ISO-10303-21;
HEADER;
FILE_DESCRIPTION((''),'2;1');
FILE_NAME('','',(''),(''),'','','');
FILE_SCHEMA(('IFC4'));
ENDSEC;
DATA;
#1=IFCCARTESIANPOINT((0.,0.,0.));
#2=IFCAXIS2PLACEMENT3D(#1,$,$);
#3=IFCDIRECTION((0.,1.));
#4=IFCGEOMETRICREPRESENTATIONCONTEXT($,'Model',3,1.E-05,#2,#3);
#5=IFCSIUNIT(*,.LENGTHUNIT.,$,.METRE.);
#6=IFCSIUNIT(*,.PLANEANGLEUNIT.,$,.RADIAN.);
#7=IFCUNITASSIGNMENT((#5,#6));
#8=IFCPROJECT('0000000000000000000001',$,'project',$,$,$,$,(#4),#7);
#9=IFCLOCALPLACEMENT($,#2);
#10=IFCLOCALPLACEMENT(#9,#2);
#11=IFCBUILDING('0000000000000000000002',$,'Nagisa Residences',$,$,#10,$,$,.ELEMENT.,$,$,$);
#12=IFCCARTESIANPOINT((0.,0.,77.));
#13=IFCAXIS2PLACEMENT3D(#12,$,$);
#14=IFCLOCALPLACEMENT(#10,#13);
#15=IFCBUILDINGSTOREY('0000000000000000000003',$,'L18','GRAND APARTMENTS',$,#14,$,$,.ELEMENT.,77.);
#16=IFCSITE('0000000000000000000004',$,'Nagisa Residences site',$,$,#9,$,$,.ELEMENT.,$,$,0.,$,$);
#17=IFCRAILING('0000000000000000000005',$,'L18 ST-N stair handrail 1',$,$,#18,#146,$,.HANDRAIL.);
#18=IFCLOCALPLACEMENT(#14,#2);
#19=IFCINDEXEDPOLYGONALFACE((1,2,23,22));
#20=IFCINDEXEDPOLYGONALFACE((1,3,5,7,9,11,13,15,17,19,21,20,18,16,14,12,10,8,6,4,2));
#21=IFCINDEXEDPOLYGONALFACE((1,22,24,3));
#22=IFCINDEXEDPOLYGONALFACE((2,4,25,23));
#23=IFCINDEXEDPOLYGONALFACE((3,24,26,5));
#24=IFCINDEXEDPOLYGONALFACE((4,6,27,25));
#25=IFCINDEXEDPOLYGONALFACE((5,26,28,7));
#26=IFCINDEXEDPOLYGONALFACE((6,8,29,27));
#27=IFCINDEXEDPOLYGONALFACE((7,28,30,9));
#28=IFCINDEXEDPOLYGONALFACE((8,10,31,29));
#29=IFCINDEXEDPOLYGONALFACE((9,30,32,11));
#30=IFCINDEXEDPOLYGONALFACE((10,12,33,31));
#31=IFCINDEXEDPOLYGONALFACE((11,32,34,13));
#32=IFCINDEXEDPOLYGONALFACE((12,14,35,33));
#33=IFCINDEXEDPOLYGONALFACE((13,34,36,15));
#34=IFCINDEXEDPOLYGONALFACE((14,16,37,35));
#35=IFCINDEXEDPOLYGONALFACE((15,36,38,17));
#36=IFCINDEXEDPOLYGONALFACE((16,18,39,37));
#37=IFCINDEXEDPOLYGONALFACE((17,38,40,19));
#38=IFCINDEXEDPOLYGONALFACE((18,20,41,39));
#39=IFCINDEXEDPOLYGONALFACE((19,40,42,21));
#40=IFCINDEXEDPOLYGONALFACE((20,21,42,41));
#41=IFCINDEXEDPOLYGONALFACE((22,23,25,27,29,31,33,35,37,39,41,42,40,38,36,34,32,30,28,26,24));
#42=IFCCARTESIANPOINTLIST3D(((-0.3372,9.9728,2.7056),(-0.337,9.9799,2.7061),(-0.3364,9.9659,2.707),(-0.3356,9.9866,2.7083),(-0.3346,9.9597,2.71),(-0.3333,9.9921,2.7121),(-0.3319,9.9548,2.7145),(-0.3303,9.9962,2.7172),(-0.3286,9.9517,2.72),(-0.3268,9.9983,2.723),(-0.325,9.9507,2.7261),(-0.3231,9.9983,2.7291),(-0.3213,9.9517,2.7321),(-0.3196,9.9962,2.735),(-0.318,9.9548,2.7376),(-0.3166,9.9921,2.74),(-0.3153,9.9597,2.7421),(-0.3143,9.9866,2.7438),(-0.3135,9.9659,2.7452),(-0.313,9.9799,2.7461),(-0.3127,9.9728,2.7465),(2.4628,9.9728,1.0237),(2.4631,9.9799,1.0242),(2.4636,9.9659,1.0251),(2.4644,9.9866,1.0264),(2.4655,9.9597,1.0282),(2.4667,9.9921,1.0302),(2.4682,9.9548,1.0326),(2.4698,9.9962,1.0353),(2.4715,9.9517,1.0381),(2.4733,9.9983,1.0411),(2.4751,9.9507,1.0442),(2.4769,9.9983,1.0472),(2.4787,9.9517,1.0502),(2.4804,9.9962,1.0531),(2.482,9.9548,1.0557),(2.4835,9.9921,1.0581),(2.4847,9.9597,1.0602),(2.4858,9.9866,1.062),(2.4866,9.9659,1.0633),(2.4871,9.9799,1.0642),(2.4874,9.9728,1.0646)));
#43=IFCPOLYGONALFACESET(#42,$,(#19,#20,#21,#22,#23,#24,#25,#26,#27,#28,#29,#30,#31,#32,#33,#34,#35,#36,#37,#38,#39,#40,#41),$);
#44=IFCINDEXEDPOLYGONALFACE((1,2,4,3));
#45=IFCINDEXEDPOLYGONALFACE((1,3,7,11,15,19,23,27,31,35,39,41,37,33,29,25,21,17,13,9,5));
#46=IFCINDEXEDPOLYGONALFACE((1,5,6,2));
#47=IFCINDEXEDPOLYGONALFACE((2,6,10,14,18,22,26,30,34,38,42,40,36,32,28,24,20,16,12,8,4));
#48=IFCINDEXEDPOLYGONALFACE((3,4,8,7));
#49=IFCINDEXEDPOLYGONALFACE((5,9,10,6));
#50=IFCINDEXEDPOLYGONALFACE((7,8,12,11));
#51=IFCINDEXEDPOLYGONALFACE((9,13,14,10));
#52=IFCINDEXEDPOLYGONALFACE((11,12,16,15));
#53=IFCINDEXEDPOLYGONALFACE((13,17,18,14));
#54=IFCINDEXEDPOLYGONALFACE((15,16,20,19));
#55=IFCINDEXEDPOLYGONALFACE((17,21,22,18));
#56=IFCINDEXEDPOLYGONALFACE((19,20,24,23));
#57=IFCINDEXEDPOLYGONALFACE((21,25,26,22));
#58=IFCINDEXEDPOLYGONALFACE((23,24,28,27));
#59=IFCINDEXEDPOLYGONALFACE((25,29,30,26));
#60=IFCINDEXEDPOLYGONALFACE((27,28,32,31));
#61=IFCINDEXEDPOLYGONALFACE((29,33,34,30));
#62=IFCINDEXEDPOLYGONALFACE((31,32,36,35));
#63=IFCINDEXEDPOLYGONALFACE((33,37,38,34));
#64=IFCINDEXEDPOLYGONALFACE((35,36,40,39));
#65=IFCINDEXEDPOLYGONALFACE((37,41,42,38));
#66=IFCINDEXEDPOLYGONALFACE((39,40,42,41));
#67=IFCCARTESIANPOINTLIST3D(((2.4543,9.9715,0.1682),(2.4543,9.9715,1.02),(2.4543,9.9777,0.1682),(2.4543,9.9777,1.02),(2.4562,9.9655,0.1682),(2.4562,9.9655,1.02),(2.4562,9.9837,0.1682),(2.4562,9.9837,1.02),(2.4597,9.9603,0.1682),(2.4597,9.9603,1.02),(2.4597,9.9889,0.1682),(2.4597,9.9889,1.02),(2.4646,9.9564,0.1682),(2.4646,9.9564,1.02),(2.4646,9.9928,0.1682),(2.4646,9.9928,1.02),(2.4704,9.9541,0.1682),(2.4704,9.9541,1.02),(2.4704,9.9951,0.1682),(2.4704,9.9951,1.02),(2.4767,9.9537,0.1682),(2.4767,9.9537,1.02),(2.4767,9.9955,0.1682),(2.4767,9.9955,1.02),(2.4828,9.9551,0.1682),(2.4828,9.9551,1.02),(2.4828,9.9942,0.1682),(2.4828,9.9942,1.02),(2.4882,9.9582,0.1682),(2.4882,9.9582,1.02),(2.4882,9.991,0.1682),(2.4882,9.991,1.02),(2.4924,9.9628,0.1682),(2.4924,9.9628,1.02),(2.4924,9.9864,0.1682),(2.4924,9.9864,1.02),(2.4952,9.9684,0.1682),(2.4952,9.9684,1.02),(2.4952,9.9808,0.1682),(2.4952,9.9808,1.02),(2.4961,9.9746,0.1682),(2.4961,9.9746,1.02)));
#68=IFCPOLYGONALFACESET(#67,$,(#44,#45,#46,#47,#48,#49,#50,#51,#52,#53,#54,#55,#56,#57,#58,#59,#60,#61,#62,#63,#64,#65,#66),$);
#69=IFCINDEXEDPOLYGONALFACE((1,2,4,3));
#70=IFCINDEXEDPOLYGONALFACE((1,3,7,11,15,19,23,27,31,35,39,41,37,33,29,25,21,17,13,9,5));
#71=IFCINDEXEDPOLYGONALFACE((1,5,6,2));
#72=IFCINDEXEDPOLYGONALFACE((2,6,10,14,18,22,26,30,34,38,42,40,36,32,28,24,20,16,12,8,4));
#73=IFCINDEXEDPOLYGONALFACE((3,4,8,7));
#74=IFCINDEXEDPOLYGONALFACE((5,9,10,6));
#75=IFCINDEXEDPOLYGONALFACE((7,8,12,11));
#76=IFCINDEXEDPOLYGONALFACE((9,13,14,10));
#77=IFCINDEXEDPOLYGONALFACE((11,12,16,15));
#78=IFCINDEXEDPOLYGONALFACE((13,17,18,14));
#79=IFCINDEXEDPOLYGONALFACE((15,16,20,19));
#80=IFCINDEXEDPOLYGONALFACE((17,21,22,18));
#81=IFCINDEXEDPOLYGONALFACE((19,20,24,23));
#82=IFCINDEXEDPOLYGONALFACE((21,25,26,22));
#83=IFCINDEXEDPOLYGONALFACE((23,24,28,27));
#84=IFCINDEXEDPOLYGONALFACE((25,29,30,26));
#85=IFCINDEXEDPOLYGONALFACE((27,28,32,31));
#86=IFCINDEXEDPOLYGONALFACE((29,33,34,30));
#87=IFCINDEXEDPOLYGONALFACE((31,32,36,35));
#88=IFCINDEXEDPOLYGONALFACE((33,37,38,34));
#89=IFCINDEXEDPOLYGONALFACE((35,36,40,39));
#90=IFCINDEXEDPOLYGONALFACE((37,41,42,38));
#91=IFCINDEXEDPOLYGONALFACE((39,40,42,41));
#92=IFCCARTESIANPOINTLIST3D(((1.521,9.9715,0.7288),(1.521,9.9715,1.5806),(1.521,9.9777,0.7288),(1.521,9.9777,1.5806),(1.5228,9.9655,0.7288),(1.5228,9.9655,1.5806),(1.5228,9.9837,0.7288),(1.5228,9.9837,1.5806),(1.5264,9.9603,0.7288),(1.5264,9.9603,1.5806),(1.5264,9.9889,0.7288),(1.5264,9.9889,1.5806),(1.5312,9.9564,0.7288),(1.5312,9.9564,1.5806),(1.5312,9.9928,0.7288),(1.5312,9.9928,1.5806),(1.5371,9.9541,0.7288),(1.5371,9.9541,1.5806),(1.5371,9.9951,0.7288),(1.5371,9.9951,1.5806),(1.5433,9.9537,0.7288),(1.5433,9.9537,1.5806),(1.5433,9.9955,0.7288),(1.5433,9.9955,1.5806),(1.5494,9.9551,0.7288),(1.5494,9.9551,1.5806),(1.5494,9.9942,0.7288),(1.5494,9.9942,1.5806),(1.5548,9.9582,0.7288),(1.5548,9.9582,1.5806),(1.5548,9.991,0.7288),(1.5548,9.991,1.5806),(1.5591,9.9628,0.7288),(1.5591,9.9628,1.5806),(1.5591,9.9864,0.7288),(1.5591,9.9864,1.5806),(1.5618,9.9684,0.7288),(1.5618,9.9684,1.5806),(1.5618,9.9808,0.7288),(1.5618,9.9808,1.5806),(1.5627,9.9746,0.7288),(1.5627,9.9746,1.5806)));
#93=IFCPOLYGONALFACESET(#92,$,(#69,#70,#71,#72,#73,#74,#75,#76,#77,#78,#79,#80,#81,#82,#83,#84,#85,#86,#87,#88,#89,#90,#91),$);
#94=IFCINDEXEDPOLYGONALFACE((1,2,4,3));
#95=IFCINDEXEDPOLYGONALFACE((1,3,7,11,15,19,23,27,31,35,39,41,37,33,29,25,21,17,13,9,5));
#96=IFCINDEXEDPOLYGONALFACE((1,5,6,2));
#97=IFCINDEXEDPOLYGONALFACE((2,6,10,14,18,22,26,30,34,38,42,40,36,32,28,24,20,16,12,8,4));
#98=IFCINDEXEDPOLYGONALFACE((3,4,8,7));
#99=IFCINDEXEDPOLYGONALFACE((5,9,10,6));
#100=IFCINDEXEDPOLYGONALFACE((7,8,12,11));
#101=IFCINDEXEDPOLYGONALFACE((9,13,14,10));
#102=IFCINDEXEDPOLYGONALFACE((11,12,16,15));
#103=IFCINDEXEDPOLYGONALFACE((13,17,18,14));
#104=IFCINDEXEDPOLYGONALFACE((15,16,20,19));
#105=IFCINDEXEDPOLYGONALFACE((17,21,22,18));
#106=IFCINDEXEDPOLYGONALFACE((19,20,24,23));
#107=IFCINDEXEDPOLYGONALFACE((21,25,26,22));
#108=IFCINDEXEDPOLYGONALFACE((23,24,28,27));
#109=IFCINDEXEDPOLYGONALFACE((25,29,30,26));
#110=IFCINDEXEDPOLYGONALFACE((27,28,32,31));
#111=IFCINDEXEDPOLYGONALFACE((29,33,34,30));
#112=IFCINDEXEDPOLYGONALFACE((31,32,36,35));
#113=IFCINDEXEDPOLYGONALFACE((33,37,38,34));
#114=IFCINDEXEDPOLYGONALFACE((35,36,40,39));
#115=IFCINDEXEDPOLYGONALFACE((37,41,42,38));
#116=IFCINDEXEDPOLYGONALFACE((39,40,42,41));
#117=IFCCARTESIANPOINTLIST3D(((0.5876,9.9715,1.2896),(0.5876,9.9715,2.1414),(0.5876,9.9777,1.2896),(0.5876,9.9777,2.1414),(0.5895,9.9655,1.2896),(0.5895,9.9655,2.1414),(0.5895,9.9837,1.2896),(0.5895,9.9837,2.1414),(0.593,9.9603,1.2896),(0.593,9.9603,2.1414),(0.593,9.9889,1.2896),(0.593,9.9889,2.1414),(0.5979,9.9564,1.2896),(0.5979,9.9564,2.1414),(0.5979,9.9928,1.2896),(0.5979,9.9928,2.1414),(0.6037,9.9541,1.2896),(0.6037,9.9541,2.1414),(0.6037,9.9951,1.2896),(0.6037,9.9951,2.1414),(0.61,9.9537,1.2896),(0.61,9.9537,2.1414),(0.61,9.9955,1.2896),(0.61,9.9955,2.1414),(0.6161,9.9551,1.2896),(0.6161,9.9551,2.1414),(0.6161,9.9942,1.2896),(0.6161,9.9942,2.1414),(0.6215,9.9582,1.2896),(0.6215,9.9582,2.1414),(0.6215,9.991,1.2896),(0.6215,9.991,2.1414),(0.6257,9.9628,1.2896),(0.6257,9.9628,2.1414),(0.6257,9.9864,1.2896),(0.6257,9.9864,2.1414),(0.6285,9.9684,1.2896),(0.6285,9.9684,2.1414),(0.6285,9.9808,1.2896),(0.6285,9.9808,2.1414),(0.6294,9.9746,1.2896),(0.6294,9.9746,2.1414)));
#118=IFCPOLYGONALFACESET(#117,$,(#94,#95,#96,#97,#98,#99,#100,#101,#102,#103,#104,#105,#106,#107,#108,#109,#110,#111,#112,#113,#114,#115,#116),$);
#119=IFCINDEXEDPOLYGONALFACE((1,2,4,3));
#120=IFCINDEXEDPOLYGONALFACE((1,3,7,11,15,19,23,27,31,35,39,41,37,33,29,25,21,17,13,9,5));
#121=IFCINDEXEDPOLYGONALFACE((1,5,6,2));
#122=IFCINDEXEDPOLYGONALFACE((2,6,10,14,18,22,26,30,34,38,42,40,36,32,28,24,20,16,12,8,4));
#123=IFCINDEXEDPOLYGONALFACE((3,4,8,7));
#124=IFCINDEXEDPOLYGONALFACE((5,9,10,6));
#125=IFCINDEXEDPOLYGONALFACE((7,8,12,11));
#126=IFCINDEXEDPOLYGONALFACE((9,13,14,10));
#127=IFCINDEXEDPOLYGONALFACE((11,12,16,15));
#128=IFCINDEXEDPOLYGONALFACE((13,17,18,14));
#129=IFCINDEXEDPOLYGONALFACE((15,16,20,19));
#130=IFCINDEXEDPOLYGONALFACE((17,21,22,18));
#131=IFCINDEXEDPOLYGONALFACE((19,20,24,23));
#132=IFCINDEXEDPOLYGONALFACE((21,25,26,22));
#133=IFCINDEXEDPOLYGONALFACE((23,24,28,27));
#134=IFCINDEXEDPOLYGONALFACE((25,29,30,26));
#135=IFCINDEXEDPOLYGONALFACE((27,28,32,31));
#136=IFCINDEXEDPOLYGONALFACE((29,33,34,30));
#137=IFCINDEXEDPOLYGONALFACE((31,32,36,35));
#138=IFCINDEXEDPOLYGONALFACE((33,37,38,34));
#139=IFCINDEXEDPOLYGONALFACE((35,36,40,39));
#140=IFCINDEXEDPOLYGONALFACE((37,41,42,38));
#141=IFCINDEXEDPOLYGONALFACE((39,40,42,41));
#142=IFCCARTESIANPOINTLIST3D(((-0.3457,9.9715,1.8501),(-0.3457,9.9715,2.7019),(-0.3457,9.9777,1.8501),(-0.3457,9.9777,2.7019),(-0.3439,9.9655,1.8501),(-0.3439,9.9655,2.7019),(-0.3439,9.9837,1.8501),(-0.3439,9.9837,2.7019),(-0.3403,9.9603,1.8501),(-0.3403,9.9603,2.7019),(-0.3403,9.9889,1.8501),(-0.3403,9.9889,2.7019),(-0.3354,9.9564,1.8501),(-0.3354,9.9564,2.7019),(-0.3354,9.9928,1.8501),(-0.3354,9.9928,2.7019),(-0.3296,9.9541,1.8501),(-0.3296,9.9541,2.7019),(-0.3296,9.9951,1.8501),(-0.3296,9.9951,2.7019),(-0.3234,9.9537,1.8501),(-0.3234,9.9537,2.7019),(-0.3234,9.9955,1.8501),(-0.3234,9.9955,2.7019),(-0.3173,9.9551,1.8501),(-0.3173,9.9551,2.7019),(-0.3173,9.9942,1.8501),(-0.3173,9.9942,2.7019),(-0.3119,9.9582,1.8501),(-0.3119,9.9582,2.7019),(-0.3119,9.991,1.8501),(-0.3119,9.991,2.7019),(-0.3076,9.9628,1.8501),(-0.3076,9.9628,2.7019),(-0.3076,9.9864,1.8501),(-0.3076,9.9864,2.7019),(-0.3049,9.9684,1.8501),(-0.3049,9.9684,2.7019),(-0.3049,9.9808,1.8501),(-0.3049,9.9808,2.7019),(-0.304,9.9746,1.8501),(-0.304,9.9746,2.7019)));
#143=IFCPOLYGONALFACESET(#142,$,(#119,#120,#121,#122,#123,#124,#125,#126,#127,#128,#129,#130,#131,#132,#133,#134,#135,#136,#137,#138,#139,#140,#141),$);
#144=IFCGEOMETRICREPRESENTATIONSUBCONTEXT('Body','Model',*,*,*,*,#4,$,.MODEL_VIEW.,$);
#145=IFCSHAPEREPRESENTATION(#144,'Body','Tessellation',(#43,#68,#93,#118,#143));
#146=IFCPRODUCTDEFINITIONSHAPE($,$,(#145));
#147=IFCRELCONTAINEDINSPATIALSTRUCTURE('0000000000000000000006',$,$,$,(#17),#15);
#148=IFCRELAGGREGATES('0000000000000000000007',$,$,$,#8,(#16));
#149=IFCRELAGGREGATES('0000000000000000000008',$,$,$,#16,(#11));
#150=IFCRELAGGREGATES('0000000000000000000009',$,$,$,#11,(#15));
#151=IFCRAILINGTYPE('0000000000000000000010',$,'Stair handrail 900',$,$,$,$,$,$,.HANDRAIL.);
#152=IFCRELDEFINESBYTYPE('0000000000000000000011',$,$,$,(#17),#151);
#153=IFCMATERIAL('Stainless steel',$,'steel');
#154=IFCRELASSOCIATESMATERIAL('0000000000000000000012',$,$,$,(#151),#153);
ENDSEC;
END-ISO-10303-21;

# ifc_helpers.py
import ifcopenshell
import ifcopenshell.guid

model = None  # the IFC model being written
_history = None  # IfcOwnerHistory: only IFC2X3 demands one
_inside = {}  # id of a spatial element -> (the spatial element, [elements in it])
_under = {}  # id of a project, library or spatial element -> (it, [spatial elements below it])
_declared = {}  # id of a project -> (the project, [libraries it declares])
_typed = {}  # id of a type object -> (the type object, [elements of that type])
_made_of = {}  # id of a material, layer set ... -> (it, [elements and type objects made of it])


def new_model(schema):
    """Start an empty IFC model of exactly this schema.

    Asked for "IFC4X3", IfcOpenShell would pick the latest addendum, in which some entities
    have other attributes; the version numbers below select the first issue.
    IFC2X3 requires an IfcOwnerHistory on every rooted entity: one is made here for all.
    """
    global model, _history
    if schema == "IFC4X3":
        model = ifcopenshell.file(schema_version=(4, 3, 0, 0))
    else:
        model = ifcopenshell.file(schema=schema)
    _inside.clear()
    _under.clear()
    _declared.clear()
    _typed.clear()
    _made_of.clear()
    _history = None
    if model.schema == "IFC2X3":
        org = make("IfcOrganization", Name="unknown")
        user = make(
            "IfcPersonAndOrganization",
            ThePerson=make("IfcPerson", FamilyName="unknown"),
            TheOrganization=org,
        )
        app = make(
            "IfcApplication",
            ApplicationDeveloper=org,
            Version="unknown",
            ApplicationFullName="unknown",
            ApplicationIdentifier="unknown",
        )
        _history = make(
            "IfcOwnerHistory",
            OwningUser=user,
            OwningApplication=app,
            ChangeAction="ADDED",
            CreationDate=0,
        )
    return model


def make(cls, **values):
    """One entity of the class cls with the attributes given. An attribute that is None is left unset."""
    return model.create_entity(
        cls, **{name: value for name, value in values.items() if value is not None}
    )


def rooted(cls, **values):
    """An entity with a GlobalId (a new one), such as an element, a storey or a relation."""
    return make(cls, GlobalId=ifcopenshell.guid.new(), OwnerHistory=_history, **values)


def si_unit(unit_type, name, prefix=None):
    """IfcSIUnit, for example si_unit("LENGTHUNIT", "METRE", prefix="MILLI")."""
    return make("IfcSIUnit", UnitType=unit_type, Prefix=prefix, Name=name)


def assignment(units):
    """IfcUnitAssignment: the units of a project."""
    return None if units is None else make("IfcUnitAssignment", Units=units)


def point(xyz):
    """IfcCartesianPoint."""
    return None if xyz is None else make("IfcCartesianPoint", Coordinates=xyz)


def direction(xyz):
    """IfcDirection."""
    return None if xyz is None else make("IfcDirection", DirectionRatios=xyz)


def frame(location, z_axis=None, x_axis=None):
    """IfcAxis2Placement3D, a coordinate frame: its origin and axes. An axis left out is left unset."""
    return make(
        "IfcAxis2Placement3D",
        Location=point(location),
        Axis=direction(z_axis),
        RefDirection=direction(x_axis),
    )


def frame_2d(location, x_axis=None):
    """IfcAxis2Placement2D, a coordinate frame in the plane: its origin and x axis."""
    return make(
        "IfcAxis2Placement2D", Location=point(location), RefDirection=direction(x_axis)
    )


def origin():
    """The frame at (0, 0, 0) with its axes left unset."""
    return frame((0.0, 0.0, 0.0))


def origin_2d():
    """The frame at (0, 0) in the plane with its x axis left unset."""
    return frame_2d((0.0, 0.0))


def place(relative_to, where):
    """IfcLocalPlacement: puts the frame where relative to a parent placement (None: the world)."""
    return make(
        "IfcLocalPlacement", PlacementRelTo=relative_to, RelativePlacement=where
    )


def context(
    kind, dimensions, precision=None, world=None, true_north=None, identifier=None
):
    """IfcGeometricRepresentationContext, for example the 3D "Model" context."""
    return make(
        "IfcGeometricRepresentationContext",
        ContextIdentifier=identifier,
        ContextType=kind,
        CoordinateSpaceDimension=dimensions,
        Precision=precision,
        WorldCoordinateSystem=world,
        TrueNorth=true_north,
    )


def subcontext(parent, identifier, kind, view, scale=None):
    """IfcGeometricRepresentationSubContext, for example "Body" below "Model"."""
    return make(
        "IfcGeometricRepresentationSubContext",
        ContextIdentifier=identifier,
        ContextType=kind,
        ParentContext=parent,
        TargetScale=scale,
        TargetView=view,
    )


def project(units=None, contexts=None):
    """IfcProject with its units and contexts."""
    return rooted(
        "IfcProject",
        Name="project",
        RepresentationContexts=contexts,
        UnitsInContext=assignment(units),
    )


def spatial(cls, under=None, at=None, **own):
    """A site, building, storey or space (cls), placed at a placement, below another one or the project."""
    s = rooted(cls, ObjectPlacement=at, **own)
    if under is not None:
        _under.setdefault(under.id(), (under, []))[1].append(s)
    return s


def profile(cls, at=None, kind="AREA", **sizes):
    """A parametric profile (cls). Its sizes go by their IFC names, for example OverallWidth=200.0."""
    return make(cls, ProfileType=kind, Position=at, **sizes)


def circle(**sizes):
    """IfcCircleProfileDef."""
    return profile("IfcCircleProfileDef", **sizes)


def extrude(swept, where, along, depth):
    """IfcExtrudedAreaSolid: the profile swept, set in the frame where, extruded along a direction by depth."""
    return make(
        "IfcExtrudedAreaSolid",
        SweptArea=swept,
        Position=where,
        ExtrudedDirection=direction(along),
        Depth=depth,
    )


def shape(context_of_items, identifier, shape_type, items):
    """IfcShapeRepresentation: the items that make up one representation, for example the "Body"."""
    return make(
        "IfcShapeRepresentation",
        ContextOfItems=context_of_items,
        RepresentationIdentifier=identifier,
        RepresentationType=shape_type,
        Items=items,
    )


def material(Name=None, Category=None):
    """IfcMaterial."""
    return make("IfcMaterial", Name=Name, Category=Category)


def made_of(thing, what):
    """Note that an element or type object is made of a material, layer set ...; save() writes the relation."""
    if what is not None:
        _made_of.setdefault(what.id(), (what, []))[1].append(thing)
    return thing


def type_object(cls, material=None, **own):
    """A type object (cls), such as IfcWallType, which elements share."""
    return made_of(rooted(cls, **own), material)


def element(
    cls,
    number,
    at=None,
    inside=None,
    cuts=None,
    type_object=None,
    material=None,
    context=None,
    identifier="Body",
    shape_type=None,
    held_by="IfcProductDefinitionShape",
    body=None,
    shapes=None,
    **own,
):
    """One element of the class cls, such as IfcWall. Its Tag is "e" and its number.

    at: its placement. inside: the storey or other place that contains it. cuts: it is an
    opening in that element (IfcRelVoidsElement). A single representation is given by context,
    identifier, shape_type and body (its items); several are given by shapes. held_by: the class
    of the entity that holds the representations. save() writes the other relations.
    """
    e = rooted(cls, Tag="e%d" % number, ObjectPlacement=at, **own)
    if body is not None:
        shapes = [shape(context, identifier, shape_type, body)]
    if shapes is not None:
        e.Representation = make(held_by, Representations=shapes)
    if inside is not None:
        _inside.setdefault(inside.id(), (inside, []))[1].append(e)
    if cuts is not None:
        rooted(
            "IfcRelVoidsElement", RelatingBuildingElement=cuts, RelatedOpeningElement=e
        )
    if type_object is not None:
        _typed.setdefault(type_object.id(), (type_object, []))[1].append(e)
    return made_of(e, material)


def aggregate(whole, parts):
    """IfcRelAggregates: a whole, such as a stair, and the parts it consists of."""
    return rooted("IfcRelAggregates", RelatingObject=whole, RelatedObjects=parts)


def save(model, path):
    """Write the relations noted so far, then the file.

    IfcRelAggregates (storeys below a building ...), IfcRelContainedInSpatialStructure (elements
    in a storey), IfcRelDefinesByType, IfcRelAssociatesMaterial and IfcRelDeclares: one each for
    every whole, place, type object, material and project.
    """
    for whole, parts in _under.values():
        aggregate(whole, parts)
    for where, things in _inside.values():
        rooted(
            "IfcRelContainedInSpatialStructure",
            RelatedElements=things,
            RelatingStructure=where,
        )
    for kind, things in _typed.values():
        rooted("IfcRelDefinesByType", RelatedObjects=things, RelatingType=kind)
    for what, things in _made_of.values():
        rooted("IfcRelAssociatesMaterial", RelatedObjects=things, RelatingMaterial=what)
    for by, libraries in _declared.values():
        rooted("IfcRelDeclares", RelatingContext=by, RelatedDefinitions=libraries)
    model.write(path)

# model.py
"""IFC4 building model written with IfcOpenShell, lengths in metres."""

from ifc_helpers import new_model, si_unit, direction, frame, origin, origin_2d, place, context, subcontext, project, spatial, circle, extrude, material, type_object, element, save


model = new_model("IFC4")

# Units and contexts
model_context = context("Model", 3, precision=1e-05, world=origin(), true_north=direction((0.0, 1.0)))
body_context = subcontext(model_context, "Body", "Model", "MODEL_VIEW")
ifc_project = project(units=[si_unit("LENGTHUNIT", "METRE"), si_unit("PLANEANGLEUNIT", "RADIAN")], contexts=[model_context])

# Site, building, storey
site_placement = place(None, origin())
site = spatial("IfcSite", under=ifc_project, at=site_placement, Name="Nagisa Residences site", CompositionType="ELEMENT", RefElevation=0.0)
building_placement = place(site_placement, origin())
building = spatial("IfcBuilding", under=site, at=building_placement, Name="Nagisa Residences", CompositionType="ELEMENT")
storey_placement = place(building_placement, frame((0.0, 0.0, 77.0)))
storey = spatial("IfcBuildingStorey", under=building, at=storey_placement, Name="L18", Description="GRAND APARTMENTS", CompositionType="ELEMENT", Elevation=77.0)

# Railing
ifc_material_1 = material(Name="Stainless steel", Category="steel")
railing_type_1 = type_object("IfcRailingType", Name="Stair handrail 900", PredefinedType="HANDRAIL", material=ifc_material_1)
railing_1_placement = place(storey_placement, frame((2.4751, 9.9746, 0.1682)))
element("IfcRailing", 1, at=railing_1_placement, inside=storey, type_object=railing_type_1, Name="L18 ST-N stair handrail 1", PredefinedType="HANDRAIL", context=body_context, shape_type="SweptSolid", body=[
    extrude(circle(Radius=0.0239, at=origin_2d()), frame((0.0, 0.0, 0.876), z_axis=(-0.857242, 0.0, 0.514913), x_axis=(0.0, -1.0, 0.0)), (0.0, 0.0, 1.0), 3.2664),
    extrude(circle(Radius=0.021, at=origin_2d()), origin(), (0.0, 0.0, 1.0), 0.8518),
    extrude(circle(Radius=0.021, at=origin_2d()), frame((-0.9333, 0.0, 0.5605)), (0.0, 0.0, 1.0), 0.8518),
    extrude(circle(Radius=0.021, at=origin_2d()), frame((-1.8667, 0.0, 1.1213)), (0.0, 0.0, 1.0), 0.8518),
    extrude(circle(Radius=0.021, at=origin_2d()), frame((-2.8, 0.0, 1.6819)), (0.0, 0.0, 1.0), 0.8518),
])

save(model, "model.ifc")
